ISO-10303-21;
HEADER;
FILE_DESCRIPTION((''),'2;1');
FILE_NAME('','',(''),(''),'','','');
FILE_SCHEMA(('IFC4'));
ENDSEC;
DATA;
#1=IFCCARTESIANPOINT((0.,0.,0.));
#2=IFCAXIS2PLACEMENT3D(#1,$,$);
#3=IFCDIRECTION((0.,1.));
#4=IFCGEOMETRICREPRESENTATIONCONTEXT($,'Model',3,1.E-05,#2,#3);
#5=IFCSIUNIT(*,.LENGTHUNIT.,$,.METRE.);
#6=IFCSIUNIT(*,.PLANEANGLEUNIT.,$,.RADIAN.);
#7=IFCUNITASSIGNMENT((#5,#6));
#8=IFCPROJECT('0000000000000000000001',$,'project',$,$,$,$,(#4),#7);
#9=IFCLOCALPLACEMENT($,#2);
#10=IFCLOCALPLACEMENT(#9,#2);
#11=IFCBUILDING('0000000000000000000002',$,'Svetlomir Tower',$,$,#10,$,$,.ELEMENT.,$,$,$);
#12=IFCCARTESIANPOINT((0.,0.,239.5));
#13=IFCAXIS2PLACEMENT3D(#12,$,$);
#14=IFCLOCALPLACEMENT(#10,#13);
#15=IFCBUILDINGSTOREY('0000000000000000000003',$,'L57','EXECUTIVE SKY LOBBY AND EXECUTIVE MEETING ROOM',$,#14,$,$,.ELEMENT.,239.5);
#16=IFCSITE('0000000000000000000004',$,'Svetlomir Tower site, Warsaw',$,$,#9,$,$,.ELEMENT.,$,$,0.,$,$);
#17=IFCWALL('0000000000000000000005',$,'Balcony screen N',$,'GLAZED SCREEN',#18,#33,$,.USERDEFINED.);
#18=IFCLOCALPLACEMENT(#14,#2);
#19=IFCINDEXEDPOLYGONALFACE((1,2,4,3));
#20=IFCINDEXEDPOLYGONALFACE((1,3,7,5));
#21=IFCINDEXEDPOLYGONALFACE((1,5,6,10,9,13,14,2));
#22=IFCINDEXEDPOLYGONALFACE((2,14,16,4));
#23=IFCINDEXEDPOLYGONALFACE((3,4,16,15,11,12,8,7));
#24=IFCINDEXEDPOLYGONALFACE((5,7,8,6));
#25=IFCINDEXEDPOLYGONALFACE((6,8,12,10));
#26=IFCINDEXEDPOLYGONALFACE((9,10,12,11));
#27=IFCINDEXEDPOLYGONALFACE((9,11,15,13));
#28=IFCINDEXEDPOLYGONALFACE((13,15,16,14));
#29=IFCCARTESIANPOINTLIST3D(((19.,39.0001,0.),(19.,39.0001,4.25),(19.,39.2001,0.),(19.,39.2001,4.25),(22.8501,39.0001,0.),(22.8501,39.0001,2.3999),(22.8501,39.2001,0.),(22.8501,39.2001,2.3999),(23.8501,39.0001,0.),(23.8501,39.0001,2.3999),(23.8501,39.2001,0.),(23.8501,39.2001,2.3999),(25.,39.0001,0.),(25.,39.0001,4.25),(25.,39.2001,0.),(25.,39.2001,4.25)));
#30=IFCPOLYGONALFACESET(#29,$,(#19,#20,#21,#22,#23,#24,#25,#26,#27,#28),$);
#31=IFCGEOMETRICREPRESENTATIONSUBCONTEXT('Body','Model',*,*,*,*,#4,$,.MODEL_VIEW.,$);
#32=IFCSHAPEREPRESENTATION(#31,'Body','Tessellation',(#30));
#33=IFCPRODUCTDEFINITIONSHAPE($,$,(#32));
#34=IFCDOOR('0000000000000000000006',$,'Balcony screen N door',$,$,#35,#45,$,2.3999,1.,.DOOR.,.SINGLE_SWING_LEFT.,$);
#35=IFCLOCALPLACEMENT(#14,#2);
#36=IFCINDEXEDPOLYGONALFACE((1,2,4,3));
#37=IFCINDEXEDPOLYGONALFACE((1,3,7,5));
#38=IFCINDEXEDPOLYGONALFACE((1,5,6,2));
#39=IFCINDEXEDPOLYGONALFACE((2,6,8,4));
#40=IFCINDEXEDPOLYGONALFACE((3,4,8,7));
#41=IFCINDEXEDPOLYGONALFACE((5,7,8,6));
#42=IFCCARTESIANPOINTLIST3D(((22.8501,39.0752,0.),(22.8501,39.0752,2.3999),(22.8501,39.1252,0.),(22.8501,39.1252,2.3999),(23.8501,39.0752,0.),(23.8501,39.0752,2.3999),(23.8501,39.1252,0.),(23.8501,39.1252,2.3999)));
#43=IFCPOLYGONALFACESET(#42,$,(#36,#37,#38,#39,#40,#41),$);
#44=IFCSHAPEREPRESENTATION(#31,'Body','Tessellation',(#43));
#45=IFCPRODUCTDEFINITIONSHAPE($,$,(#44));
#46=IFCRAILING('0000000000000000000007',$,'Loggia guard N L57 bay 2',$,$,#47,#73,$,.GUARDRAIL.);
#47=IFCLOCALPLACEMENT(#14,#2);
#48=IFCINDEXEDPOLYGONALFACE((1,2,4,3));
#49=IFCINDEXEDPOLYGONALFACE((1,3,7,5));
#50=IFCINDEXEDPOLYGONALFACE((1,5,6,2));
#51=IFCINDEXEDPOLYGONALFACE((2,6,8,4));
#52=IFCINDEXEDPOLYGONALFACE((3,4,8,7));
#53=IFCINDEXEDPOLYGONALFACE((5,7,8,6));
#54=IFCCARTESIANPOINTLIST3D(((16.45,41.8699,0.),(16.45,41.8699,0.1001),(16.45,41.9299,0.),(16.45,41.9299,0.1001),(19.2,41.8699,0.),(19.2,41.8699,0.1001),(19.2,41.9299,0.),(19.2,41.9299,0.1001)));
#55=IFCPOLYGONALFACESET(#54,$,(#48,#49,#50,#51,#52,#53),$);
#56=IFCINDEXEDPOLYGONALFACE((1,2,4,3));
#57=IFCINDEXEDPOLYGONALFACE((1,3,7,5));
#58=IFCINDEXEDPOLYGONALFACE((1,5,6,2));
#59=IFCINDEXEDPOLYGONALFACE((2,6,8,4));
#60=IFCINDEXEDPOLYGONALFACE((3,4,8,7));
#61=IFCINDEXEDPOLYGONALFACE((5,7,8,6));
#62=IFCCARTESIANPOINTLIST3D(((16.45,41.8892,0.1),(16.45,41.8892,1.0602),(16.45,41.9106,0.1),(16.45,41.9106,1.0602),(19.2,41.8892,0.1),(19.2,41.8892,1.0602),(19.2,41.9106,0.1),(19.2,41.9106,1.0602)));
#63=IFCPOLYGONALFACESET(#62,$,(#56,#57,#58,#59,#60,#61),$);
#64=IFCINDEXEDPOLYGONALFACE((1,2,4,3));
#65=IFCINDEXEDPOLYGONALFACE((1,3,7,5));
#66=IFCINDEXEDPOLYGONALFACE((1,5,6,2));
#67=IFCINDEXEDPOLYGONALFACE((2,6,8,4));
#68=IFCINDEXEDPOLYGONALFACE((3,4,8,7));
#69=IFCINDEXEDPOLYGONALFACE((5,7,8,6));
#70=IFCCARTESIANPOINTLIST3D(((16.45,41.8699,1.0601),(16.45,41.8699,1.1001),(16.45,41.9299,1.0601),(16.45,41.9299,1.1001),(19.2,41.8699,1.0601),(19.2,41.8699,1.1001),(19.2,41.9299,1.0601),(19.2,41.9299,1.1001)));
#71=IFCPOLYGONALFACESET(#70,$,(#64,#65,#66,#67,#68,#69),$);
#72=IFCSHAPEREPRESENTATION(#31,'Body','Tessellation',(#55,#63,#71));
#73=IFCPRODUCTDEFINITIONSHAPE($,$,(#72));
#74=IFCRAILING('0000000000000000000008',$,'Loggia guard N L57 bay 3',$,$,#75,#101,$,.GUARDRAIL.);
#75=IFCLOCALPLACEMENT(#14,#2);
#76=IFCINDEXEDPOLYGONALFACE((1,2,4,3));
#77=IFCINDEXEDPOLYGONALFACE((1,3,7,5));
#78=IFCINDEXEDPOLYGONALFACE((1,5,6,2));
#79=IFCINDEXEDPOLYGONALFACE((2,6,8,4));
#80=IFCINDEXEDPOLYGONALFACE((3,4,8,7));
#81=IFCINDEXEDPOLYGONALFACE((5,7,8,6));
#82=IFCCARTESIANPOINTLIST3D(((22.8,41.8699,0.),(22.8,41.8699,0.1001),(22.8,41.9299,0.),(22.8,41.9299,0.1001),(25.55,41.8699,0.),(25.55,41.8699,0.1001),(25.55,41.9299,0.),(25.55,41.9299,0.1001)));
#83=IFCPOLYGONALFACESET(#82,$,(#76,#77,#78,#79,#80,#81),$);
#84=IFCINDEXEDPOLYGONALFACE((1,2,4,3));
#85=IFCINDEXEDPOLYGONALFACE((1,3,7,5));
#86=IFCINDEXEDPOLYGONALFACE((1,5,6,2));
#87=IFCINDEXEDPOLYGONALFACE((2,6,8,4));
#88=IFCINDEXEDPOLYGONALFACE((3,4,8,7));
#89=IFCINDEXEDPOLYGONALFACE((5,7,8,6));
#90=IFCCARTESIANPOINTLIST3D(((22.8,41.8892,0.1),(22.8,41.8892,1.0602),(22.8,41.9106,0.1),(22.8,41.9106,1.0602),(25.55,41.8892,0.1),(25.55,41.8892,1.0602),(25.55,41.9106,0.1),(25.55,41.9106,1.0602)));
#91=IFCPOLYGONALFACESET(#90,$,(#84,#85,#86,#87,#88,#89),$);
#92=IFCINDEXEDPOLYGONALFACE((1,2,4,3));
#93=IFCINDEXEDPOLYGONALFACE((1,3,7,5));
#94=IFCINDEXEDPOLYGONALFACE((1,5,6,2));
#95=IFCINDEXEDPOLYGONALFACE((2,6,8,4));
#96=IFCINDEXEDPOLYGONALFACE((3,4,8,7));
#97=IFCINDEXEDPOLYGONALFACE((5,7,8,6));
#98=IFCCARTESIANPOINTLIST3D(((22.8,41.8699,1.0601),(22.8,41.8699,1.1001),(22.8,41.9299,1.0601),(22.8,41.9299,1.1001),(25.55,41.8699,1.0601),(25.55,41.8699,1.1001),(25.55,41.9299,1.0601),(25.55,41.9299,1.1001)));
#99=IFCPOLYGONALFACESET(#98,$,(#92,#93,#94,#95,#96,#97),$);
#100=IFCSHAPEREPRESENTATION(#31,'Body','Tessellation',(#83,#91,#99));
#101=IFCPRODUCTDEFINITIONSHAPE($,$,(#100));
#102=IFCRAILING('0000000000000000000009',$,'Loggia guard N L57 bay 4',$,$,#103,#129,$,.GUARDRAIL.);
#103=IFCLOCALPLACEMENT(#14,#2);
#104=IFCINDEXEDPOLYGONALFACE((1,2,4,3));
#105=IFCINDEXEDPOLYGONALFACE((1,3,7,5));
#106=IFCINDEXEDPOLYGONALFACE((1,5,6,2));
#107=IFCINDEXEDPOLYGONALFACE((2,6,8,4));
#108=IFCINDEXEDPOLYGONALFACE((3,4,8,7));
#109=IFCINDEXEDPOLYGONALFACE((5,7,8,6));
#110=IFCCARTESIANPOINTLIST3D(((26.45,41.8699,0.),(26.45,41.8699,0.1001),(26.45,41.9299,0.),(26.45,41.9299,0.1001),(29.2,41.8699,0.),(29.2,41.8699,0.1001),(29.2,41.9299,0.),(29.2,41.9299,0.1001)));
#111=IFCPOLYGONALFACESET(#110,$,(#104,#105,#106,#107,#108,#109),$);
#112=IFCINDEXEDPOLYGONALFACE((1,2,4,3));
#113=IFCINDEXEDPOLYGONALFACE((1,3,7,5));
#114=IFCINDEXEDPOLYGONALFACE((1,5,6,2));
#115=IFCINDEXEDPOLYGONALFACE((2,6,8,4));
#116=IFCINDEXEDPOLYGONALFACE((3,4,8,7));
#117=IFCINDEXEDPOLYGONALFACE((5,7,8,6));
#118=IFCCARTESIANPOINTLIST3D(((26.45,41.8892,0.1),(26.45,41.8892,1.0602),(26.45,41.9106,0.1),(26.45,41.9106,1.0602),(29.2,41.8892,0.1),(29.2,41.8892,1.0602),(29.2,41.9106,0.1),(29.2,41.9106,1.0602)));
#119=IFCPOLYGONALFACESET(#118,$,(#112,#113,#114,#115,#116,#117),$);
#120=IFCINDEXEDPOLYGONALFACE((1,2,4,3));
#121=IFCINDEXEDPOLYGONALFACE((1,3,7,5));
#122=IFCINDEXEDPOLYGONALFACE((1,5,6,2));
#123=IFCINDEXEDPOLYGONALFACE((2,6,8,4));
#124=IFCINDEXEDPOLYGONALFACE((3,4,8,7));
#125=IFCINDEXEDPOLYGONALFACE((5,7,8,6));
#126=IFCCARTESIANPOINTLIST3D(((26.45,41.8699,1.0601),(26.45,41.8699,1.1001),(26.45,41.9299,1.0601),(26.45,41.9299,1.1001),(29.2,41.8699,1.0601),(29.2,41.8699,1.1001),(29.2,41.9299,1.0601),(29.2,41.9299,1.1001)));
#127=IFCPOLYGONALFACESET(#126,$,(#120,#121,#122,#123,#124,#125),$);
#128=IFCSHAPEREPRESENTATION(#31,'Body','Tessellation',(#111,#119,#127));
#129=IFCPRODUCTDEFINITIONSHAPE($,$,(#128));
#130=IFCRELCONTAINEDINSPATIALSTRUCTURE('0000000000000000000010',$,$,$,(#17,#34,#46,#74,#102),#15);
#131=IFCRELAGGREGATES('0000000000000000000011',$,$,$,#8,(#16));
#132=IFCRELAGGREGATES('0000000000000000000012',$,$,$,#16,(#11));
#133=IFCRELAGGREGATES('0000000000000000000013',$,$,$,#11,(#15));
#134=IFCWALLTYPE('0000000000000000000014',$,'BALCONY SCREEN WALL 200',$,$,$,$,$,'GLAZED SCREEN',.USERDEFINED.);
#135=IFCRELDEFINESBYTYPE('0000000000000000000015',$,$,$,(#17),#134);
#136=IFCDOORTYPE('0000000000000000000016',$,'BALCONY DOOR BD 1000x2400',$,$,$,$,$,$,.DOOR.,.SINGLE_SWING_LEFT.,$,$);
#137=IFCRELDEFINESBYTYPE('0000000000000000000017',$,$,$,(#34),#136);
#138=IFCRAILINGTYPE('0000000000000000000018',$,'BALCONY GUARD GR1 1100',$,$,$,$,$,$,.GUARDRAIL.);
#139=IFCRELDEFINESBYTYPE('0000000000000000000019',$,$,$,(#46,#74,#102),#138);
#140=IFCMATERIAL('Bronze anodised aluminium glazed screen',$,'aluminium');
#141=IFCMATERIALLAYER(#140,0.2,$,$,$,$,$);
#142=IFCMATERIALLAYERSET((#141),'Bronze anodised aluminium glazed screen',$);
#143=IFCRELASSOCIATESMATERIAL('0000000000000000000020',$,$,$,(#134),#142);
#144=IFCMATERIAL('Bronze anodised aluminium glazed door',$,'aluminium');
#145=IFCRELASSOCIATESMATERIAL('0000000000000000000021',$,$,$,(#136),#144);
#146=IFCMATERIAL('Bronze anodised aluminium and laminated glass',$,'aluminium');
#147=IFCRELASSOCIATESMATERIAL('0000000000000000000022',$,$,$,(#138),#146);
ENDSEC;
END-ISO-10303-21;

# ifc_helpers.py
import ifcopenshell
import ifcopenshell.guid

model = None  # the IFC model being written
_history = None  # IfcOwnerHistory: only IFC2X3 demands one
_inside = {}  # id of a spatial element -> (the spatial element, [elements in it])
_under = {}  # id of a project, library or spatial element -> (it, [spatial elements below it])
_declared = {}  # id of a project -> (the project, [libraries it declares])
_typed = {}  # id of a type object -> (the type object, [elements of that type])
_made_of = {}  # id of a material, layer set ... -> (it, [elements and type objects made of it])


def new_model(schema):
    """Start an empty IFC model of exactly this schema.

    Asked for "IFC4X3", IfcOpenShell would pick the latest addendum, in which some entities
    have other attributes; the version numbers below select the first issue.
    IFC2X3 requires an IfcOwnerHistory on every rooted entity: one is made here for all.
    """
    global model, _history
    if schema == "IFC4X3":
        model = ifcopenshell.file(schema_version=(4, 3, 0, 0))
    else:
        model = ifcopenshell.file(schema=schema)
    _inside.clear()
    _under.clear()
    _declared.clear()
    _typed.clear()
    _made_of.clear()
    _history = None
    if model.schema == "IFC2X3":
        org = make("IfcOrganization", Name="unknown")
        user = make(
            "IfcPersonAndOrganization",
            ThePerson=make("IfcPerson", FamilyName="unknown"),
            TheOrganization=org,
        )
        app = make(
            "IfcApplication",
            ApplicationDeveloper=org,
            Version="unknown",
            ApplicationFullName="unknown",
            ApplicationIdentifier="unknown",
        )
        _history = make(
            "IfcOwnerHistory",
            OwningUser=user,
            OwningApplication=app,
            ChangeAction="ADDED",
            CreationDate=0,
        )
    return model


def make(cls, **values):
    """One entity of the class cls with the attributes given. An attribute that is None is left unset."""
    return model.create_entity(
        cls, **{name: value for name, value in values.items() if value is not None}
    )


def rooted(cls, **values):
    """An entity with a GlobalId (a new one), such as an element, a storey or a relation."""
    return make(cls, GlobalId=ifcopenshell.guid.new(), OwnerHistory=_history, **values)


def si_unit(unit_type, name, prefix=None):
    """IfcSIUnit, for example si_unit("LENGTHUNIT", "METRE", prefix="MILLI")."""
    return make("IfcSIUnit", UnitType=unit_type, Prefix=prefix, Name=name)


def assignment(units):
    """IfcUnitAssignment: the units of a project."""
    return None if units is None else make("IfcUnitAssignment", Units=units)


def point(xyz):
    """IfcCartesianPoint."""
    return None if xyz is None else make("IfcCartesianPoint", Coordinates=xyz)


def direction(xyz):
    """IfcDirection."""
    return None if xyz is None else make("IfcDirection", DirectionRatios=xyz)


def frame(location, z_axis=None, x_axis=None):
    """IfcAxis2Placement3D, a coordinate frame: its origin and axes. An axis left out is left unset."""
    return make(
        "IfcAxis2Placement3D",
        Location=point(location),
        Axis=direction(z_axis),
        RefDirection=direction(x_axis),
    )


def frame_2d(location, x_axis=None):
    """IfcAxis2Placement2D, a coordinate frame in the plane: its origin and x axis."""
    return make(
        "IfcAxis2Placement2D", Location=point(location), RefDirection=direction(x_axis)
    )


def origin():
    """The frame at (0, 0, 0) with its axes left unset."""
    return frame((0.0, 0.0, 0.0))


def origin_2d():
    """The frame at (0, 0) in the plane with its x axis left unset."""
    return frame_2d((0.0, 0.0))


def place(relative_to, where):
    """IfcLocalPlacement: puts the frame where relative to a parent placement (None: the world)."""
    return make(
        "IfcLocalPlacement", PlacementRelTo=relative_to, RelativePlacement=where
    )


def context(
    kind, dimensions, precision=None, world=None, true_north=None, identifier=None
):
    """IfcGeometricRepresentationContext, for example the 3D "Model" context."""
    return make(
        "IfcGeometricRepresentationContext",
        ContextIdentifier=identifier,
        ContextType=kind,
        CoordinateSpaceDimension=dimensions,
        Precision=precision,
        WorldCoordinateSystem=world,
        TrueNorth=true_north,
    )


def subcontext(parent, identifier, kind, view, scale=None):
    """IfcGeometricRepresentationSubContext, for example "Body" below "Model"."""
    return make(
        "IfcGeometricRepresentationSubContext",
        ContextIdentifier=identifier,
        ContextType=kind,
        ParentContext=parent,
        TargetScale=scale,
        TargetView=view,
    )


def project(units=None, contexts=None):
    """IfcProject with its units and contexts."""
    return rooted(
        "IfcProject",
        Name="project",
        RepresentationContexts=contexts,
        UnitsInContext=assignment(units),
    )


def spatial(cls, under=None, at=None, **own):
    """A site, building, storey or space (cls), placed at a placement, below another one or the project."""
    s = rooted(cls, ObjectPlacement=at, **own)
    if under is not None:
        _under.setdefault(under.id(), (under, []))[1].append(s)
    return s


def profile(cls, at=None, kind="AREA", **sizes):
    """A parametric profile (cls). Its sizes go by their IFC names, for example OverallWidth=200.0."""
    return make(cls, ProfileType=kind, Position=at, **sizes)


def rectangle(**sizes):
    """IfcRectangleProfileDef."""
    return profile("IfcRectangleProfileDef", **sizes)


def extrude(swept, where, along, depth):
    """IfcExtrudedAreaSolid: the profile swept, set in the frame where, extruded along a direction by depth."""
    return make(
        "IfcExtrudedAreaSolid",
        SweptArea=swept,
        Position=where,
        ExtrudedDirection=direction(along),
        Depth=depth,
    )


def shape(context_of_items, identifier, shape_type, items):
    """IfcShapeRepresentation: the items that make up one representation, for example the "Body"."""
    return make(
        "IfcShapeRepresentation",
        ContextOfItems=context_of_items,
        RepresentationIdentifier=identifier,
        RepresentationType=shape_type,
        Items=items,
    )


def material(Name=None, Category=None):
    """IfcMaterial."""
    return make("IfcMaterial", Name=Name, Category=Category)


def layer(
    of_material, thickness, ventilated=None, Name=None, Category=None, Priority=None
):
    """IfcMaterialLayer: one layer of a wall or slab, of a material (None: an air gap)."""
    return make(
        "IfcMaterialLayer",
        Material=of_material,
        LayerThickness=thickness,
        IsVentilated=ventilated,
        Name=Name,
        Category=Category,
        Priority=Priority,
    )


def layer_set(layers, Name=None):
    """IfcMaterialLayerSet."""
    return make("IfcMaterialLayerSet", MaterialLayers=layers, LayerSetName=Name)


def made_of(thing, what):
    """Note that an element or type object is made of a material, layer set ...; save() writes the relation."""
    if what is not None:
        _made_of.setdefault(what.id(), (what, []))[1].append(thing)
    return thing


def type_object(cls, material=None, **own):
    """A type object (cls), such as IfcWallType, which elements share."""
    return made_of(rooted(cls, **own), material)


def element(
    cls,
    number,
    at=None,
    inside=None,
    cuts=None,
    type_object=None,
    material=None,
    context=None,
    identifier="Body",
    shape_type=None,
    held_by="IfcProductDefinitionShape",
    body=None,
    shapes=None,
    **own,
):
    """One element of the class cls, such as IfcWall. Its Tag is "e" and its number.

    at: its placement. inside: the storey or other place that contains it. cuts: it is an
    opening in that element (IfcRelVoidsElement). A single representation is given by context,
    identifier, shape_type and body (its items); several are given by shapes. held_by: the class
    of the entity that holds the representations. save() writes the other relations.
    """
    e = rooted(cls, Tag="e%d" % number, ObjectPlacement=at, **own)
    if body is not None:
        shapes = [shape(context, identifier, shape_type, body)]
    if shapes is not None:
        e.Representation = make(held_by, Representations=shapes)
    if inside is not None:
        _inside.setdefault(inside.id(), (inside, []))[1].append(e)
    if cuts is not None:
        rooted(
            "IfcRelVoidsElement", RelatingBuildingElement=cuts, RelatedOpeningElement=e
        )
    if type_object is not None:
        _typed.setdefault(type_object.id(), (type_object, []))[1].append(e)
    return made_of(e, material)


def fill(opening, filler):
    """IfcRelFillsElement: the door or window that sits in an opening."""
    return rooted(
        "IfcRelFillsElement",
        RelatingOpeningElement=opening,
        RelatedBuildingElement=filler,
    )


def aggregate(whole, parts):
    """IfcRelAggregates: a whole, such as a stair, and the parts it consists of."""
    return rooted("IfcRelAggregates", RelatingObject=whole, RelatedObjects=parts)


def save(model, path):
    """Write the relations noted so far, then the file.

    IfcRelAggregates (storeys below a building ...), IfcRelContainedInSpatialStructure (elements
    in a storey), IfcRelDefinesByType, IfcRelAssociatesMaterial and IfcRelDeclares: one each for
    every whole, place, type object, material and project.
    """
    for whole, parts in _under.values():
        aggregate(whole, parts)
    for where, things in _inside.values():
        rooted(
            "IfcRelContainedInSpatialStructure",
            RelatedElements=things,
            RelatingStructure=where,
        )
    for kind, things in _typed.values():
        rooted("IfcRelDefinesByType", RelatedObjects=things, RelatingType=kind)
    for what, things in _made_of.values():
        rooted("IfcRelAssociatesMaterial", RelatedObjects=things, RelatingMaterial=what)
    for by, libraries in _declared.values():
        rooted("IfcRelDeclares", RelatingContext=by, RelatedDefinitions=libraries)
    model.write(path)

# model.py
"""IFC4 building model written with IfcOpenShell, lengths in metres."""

from ifc_helpers import new_model, si_unit, direction, frame, frame_2d, origin, origin_2d, place, context, subcontext, project, spatial, rectangle, extrude, material, layer, layer_set, type_object, element, fill, save


model = new_model("IFC4")

# Units and contexts
model_context = context("Model", 3, precision=1e-05, world=origin(), true_north=direction((0.0, 1.0)))
body_context = subcontext(model_context, "Body", "Model", "MODEL_VIEW")
ifc_project = project(units=[si_unit("LENGTHUNIT", "METRE"), si_unit("PLANEANGLEUNIT", "RADIAN")], contexts=[model_context])

# Site, building, storey
site_placement = place(None, origin())
site = spatial("IfcSite", under=ifc_project, at=site_placement, Name="Svetlomir Tower site, Warsaw", CompositionType="ELEMENT", RefElevation=0.0)
building_placement = place(site_placement, origin())
building = spatial("IfcBuilding", under=site, at=building_placement, Name="Svetlomir Tower", CompositionType="ELEMENT")
storey_placement = place(building_placement, frame((0.0, 0.0, 239.5)))
storey = spatial("IfcBuildingStorey", under=building, at=storey_placement, Name="L57", Description="EXECUTIVE SKY LOBBY AND EXECUTIVE MEETING ROOM", CompositionType="ELEMENT", Elevation=239.5)

# Wall, opening, door
ifc_material_1 = material(Name="Bronze anodised aluminium glazed screen", Category="aluminium")
ifc_layer_1 = layer(ifc_material_1, 0.2)
ifc_layer_set_1 = layer_set([ifc_layer_1], Name="Bronze anodised aluminium glazed screen")
wall_type = type_object("IfcWallType", Name="BALCONY SCREEN WALL 200", ElementType="GLAZED SCREEN", PredefinedType="USERDEFINED", material=ifc_layer_set_1)
wall_placement = place(storey_placement, frame((25.0, 39.1001, 0.0), z_axis=(0.0, 0.0, 1.0), x_axis=(-1.0, 0.0, 0.0)))
wall = element("IfcWall", 1, at=wall_placement, inside=storey, type_object=wall_type, Name="Balcony screen N", ObjectType="GLAZED SCREEN", PredefinedType="USERDEFINED", context=body_context, shape_type="SweptSolid", body=[
    extrude(rectangle(XDim=6.0, YDim=0.2, at=frame_2d((3.0, 0.0))), origin(), (0.0, 0.0, 1.0), 4.25),
])
opening_placement = place(wall_placement, frame((1.1499, 0.0, 0.0)))
opening = element("IfcOpeningElement", 2, at=opening_placement, cuts=wall, PredefinedType="OPENING", context=body_context, shape_type="SweptSolid", body=[
    extrude(rectangle(XDim=1.0, YDim=2.3999, at=frame_2d((0.5, 1.2))), frame((0.0, 0.1099, 0.0), z_axis=(0.0, -1.0, 0.0), x_axis=(1.0, 0.0, 0.0)), (0.0, 0.0, 1.0), 0.22),
])
ifc_material_2 = material(Name="Bronze anodised aluminium glazed door", Category="aluminium")
door_type = type_object("IfcDoorType", Name="BALCONY DOOR BD 1000x2400", OperationType="SINGLE_SWING_LEFT", PredefinedType="DOOR", material=ifc_material_2)
door_placement = place(opening_placement, origin())
door = element("IfcDoor", 3, at=door_placement, inside=storey, type_object=door_type, Name="Balcony screen N door", OperationType="SINGLE_SWING_LEFT", OverallHeight=2.3999, OverallWidth=1.0, PredefinedType="DOOR", context=body_context, shape_type="SweptSolid", body=[
    extrude(rectangle(XDim=1.0, YDim=2.3999, at=frame_2d((0.5, 1.2))), frame((0.0, 0.0249, 0.0), z_axis=(0.0, -1.0, 0.0), x_axis=(1.0, 0.0, 0.0)), (0.0, 0.0, 1.0), 0.05),
])
fill(opening, door)

# Railings
ifc_material_3 = material(Name="Bronze anodised aluminium and laminated glass", Category="aluminium")
railing_type = type_object("IfcRailingType", Name="BALCONY GUARD GR1 1100", PredefinedType="GUARDRAIL", material=ifc_material_3)
for number, where, name in (
    (4, (16.45, 41.8999, 0.0), "Loggia guard N L57 bay 2"),
    (5, (22.8, 41.8999, 0.0), "Loggia guard N L57 bay 3"),
    (6, (26.45, 41.8999, 0.0), "Loggia guard N L57 bay 4"),
):
    element("IfcRailing", number, at=place(storey_placement, frame(where)), inside=storey, type_object=railing_type, Name=name, PredefinedType="GUARDRAIL", context=body_context, shape_type="SweptSolid", body=[
        extrude(rectangle(XDim=0.0601, YDim=0.1001, at=origin_2d()), frame((0.0, 0.0, 0.05), z_axis=(1.0, 0.0, 0.0), x_axis=(0.0, 1.0, 0.0)), (0.0, 0.0, 1.0), 2.75),
        extrude(rectangle(XDim=0.0215, YDim=0.9602, at=origin_2d()), frame((0.0, 0.0, 0.5801), z_axis=(1.0, 0.0, 0.0), x_axis=(0.0, 1.0, 0.0)), (0.0, 0.0, 1.0), 2.75),
        extrude(rectangle(XDim=0.0601, YDim=0.04, at=origin_2d()), frame((0.0, 0.0, 1.0801), z_axis=(1.0, 0.0, 0.0), x_axis=(0.0, 1.0, 0.0)), (0.0, 0.0, 1.0), 2.75),
    ])

save(model, "model.ifc")
